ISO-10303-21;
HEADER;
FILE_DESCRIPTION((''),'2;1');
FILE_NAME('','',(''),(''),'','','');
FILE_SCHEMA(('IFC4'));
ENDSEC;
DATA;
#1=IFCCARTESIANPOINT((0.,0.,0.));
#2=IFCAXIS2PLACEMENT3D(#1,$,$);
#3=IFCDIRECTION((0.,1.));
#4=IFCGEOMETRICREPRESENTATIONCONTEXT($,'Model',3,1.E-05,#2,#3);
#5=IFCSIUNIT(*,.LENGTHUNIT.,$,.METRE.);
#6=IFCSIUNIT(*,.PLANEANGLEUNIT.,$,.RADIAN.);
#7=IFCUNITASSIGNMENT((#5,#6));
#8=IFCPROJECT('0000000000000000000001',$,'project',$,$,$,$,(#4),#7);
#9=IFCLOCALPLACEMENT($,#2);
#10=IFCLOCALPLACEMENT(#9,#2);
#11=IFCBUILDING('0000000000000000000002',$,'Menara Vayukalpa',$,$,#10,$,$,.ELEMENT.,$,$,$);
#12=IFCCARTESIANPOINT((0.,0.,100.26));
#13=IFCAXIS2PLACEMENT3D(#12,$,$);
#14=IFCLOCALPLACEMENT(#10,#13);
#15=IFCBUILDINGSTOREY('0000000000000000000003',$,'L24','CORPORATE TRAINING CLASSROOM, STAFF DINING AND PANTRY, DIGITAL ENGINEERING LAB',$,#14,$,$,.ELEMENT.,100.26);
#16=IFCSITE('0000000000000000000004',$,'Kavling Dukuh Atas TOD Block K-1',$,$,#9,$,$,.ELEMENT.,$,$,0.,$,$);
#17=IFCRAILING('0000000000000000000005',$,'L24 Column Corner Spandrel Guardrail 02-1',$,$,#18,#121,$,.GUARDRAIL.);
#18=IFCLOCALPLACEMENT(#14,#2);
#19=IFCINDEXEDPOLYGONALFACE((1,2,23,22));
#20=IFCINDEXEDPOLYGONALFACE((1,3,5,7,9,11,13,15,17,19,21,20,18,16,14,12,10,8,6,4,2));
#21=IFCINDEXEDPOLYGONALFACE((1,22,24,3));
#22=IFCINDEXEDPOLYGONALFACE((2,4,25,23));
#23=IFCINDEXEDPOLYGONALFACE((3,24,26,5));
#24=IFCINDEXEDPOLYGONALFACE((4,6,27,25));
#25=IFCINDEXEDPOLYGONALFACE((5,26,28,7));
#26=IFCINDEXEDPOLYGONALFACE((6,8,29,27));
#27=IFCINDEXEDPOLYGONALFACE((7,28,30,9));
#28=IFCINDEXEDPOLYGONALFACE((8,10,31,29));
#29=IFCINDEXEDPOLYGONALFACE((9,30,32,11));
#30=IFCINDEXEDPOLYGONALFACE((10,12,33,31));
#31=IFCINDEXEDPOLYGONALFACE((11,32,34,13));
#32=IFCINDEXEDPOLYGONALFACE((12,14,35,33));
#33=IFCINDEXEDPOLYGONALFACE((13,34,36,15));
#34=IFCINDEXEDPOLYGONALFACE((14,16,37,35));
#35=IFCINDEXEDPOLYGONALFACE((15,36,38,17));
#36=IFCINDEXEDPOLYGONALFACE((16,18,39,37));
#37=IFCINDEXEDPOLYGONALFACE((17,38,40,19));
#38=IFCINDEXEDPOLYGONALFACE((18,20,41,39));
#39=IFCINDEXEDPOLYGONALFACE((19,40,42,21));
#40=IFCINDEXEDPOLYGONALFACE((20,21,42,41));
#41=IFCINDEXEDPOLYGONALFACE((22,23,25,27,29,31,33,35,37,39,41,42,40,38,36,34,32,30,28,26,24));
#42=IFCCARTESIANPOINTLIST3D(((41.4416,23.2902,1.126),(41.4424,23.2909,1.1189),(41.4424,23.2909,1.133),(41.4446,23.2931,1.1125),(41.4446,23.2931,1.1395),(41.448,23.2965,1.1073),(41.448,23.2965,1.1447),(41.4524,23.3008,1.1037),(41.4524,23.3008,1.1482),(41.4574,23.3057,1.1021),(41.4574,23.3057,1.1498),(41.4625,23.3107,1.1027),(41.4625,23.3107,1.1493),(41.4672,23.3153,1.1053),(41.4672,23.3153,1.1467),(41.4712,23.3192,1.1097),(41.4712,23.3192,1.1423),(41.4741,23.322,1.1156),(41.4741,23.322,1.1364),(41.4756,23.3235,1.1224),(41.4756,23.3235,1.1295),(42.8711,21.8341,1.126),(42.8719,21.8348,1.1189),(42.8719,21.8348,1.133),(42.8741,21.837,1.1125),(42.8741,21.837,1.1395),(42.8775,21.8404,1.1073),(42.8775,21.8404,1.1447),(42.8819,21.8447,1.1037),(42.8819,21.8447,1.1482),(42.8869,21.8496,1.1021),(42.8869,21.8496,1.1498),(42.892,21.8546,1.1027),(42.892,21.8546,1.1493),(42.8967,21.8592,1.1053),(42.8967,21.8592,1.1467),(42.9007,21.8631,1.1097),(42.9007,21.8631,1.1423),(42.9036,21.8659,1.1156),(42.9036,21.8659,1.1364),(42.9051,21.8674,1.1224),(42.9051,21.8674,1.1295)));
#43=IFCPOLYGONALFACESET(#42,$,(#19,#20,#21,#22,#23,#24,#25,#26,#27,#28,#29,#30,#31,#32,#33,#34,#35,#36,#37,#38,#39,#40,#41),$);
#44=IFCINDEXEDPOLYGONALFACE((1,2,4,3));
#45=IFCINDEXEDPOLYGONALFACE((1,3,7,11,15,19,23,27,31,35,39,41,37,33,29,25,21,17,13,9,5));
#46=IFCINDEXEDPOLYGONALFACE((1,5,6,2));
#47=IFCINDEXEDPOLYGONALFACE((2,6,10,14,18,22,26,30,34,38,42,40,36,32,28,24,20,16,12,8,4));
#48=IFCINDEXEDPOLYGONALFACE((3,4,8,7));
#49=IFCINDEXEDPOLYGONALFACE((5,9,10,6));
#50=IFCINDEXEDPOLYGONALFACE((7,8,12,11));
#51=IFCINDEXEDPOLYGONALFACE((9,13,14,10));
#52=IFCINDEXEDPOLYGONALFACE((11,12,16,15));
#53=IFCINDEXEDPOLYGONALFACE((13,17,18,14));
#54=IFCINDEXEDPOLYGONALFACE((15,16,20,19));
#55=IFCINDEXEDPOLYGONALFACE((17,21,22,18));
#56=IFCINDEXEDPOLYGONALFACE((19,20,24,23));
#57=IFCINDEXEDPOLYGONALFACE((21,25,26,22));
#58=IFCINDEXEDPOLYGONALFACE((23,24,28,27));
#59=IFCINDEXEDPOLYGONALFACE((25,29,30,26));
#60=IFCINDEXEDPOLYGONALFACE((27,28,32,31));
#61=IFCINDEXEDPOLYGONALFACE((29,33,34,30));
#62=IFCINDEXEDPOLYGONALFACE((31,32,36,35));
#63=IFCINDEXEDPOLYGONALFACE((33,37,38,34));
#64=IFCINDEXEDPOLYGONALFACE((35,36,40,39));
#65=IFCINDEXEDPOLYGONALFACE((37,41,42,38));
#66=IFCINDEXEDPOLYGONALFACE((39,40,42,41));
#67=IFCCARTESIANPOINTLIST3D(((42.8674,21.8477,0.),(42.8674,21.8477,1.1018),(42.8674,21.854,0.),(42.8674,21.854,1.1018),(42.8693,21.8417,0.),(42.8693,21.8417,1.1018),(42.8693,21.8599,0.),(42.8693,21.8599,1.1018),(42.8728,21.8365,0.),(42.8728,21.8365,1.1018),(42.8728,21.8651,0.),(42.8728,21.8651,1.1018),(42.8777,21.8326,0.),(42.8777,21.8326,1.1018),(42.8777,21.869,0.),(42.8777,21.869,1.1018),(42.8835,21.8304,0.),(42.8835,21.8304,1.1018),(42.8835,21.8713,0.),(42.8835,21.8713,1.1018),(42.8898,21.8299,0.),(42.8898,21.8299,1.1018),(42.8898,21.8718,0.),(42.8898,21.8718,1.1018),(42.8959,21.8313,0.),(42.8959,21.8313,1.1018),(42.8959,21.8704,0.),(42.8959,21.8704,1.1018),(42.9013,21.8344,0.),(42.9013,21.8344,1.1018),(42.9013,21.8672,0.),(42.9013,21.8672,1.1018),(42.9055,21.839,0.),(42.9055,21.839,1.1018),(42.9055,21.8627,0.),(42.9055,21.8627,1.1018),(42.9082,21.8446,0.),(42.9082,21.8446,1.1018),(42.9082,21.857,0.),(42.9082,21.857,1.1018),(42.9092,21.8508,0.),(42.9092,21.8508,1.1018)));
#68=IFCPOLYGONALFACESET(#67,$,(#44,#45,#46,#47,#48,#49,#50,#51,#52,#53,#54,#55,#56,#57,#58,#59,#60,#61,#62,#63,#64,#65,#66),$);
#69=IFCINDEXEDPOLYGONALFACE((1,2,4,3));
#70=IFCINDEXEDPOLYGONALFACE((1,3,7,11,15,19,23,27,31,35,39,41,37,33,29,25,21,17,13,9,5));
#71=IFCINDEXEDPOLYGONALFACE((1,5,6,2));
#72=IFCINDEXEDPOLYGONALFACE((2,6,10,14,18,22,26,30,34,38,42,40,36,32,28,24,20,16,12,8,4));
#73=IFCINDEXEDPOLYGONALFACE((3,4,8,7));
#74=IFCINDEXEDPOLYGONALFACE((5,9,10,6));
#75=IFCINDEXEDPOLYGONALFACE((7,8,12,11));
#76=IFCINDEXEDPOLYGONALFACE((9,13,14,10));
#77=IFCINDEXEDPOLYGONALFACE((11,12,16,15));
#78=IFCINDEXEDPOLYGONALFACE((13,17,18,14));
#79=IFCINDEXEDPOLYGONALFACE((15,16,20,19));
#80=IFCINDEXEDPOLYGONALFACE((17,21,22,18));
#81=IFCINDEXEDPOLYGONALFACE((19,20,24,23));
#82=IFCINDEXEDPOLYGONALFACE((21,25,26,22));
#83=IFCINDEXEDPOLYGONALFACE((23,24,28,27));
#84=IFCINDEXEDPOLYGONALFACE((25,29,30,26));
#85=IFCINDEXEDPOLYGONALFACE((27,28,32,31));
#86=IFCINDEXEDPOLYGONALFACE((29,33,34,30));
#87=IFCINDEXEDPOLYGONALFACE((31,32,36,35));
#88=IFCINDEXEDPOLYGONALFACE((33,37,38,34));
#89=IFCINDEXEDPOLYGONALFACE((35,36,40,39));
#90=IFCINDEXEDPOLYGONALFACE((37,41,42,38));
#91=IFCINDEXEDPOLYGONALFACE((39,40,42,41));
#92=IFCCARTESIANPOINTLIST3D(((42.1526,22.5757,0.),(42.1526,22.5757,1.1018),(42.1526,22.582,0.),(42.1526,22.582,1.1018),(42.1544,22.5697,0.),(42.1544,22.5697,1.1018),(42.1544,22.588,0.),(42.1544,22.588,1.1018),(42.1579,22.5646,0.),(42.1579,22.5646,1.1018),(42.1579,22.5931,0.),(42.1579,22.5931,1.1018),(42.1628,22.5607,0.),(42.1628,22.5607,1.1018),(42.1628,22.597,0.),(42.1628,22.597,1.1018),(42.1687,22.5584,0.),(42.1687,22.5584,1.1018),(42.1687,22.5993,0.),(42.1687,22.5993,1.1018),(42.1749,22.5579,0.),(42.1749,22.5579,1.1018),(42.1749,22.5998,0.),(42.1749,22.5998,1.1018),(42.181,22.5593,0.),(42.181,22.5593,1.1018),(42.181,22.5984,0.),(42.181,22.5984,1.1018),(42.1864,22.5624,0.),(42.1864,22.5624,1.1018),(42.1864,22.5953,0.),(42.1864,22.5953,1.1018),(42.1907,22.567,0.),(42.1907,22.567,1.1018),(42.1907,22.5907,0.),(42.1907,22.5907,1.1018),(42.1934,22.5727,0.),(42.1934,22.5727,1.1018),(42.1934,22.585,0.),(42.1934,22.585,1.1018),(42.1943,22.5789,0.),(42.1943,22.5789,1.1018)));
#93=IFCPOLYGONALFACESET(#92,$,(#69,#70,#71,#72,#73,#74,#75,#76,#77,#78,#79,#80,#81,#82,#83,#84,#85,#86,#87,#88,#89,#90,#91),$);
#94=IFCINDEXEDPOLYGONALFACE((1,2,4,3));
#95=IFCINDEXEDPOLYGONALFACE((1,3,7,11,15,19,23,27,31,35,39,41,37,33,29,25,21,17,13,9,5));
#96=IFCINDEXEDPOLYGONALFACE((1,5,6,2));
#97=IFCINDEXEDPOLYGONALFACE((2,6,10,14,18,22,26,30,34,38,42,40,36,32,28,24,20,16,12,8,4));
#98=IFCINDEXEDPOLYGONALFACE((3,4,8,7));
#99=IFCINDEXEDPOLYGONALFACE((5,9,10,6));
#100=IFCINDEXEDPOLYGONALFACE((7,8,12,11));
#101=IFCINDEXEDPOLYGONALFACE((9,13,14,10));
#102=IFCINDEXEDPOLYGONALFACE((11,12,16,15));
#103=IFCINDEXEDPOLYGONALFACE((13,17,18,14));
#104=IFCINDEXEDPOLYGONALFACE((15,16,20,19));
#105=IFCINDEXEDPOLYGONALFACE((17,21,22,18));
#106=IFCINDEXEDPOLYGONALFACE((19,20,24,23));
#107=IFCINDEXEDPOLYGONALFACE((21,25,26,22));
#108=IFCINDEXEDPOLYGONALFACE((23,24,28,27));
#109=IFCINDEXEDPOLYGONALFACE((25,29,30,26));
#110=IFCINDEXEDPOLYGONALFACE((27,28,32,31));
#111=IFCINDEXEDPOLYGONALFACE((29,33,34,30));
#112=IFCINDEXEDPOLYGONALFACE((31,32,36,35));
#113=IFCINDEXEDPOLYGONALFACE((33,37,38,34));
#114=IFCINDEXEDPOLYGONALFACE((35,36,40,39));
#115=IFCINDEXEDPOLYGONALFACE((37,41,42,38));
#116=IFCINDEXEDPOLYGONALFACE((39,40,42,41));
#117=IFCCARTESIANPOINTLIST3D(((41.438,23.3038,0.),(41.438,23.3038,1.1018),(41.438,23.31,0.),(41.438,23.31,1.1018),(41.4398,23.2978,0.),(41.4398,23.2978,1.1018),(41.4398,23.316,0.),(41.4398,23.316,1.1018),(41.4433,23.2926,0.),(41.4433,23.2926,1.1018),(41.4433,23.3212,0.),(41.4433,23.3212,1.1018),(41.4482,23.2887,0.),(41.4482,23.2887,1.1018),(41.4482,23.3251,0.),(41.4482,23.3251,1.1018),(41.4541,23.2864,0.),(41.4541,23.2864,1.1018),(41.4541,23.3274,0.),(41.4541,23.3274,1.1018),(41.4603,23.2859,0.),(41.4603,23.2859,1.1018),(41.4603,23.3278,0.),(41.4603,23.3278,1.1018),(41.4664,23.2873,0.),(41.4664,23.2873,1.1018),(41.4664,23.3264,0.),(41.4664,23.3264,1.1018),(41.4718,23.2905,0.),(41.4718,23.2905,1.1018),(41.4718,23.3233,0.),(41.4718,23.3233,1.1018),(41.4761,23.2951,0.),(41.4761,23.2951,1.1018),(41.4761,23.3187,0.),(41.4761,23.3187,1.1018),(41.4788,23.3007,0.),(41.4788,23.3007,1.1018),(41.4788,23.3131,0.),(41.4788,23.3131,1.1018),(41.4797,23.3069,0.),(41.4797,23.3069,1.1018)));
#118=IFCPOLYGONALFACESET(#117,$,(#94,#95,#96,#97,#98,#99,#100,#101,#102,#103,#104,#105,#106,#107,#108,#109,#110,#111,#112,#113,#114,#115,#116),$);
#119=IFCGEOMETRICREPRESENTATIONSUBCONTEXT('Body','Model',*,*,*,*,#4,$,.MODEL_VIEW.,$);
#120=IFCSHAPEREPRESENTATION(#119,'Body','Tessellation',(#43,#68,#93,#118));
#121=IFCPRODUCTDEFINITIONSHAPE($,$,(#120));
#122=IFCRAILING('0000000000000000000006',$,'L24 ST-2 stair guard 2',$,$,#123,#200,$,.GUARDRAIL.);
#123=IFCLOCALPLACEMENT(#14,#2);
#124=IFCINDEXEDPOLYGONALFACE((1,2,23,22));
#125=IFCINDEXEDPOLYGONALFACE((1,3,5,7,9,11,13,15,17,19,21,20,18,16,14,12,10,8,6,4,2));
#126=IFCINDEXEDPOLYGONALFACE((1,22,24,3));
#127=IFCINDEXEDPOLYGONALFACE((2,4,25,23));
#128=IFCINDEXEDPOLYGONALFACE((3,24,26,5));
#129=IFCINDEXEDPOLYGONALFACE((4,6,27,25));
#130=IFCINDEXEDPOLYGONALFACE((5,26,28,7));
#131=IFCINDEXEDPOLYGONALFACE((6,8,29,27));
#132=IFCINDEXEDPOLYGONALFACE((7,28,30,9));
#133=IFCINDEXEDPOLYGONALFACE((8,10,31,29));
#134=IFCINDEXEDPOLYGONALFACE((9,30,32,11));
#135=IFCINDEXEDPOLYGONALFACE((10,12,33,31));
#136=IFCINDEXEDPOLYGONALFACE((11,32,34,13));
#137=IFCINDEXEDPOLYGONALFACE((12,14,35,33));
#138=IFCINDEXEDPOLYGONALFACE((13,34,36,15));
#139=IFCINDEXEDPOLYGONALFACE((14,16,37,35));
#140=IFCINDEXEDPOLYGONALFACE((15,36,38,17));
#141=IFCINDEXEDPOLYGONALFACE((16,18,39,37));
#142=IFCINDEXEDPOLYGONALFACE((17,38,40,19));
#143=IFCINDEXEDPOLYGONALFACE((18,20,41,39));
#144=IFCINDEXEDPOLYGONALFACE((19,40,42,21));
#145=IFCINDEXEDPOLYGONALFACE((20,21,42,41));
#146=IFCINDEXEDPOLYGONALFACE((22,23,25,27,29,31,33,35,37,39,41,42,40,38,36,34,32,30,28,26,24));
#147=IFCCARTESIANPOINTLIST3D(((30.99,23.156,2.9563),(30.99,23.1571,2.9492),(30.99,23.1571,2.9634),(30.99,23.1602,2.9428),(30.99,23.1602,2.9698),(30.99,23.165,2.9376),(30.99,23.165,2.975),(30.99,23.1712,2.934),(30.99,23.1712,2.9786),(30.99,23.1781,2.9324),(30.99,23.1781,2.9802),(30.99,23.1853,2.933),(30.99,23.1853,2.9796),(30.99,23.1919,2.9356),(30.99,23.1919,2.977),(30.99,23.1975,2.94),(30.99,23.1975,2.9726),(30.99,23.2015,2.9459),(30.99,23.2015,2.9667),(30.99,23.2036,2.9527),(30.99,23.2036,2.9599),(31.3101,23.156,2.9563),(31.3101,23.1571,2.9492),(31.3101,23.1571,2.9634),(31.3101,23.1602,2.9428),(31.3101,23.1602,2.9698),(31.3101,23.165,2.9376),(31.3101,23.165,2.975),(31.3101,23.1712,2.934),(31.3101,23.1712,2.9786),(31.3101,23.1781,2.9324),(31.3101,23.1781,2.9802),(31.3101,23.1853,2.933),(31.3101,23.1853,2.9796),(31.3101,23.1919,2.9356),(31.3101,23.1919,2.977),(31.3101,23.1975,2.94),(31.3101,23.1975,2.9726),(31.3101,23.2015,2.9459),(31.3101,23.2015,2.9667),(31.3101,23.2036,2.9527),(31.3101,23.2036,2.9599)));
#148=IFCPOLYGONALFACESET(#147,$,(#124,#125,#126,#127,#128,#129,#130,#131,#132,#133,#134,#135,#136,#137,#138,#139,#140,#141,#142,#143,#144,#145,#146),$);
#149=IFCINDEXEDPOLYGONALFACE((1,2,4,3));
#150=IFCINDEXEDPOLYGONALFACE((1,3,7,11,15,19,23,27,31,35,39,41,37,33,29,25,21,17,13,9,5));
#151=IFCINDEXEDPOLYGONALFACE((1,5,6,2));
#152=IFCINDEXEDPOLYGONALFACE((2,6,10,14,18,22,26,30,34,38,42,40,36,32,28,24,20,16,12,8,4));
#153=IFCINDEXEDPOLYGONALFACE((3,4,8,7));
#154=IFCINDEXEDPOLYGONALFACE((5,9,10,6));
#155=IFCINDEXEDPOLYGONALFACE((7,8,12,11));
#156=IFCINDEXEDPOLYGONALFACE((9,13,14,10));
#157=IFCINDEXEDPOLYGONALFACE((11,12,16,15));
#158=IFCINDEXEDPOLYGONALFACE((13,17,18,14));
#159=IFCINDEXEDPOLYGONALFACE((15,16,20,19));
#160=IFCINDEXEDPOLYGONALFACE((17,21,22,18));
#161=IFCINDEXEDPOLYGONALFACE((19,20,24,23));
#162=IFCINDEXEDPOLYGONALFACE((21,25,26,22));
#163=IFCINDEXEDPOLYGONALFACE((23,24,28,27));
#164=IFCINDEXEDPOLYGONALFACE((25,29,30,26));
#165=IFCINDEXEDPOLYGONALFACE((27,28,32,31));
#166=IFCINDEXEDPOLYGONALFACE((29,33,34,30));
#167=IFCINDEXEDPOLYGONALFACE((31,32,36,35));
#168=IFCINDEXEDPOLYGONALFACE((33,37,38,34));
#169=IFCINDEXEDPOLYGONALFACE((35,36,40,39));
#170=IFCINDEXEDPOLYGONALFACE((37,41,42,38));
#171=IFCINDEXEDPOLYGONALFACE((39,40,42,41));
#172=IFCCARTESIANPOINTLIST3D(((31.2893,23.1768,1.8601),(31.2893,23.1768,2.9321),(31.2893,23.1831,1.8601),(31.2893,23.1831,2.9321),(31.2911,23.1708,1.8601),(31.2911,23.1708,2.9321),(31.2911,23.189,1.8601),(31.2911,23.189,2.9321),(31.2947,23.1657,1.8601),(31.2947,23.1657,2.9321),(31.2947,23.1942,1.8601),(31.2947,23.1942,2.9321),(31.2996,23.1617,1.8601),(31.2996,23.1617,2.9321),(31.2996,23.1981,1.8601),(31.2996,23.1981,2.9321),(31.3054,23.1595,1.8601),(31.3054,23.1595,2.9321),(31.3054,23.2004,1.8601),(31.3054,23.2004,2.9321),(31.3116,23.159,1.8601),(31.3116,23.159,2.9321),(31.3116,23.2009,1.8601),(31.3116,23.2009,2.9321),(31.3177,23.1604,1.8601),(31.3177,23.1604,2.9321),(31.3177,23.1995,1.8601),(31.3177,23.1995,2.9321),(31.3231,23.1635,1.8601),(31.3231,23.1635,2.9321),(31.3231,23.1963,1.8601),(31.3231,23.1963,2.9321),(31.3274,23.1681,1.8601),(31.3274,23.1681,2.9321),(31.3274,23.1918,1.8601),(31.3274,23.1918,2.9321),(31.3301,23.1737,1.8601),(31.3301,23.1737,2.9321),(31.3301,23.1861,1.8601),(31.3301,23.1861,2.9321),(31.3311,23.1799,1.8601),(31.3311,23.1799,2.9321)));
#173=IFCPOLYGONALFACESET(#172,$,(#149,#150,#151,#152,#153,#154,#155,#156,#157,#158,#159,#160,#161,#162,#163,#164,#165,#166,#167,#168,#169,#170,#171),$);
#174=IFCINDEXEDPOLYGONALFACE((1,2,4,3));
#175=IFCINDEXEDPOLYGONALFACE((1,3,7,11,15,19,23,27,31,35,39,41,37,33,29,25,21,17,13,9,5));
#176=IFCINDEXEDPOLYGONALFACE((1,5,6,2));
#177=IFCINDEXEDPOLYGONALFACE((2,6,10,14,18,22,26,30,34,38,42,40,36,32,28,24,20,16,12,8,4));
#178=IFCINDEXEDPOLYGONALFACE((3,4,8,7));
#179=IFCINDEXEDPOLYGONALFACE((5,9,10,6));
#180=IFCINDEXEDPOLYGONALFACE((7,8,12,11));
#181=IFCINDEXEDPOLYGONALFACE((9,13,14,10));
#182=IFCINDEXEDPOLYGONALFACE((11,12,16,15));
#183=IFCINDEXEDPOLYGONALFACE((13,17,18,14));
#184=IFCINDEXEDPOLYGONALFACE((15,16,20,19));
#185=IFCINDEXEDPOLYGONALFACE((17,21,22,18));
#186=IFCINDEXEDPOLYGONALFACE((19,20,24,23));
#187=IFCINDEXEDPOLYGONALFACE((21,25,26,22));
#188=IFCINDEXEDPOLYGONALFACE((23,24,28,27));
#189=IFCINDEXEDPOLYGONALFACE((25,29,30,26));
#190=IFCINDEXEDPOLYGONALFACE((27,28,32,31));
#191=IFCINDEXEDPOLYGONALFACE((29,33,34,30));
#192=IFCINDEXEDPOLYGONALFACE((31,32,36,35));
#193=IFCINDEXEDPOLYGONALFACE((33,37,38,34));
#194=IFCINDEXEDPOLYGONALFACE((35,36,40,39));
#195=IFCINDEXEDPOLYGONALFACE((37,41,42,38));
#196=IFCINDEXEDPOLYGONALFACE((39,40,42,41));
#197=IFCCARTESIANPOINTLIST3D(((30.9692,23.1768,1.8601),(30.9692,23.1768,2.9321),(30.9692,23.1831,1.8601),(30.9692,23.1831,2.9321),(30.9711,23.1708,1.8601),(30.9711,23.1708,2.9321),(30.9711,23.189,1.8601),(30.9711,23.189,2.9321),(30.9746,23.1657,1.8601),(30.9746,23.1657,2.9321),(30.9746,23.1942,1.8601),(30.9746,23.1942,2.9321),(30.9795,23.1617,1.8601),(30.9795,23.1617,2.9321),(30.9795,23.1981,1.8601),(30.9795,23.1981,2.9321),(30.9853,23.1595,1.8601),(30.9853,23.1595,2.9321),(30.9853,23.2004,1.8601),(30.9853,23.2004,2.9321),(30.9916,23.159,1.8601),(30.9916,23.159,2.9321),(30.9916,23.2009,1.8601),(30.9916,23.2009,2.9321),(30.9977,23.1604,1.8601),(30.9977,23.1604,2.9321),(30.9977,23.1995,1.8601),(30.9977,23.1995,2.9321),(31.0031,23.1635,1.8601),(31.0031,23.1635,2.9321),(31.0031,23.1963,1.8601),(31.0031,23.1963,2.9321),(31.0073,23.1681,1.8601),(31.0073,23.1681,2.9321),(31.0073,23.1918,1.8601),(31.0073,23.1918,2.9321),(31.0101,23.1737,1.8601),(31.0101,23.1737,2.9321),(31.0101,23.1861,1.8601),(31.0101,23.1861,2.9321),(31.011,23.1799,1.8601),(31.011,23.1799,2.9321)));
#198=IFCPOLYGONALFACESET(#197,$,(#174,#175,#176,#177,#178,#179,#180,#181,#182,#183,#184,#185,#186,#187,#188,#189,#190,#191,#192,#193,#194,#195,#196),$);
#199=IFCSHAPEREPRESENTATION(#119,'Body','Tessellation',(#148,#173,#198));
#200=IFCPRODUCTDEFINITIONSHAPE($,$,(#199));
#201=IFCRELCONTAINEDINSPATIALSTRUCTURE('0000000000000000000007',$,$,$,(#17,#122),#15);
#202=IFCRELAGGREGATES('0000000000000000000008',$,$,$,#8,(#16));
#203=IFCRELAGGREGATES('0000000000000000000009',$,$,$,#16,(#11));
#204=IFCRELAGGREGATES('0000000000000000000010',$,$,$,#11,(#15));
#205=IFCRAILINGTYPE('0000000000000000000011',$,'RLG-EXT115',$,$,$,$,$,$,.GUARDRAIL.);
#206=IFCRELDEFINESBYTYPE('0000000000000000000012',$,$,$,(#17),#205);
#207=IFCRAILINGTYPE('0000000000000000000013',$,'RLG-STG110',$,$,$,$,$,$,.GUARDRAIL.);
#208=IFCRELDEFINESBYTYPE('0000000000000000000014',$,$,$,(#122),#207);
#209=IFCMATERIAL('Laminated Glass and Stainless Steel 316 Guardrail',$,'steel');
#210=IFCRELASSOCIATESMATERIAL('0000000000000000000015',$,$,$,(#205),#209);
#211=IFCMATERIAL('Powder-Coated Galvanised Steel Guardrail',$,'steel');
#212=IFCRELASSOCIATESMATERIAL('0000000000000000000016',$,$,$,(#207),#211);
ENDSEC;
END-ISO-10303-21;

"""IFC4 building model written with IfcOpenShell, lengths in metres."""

from ifc_helpers import new_model, si_unit, direction, frame, origin, origin_2d, place, context, subcontext, project, spatial, circle, extrude, material, type_object, element, save


model = new_model("IFC4")

# Units and contexts
model_context = context("Model", 3, precision=1e-05, world=origin(), true_north=direction((0.0, 1.0)))
body_context = subcontext(model_context, "Body", "Model", "MODEL_VIEW")
ifc_project = project(units=[si_unit("LENGTHUNIT", "METRE"), si_unit("PLANEANGLEUNIT", "RADIAN")], contexts=[model_context])

# Site, building, storey
site_placement = place(None, origin())
site = spatial("IfcSite", under=ifc_project, at=site_placement, Name="Kavling Dukuh Atas TOD Block K-1", CompositionType="ELEMENT", RefElevation=0.0)
building_placement = place(site_placement, origin())
building = spatial("IfcBuilding", under=site, at=building_placement, Name="Menara Vayukalpa", CompositionType="ELEMENT")
storey_placement = place(building_placement, frame((0.0, 0.0, 100.26)))
storey = spatial("IfcBuildingStorey", under=building, at=storey_placement, Name="L24", Description="CORPORATE TRAINING CLASSROOM, STAFF DINING AND PANTRY, DIGITAL ENGINEERING LAB", CompositionType="ELEMENT", Elevation=100.26)

# Railings
ifc_material_1 = material(Name="Laminated Glass and Stainless Steel 316 Guardrail", Category="steel")
railing_type_1 = type_object("IfcRailingType", Name="RLG-EXT115", PredefinedType="GUARDRAIL", material=ifc_material_1)
railing_1_placement = place(storey_placement, frame((42.8882, 21.8508, 0.0)))
element("IfcRailing", 1, at=railing_1_placement, inside=storey, type_object=railing_type_1, Name="L24 Column Corner Spandrel Guardrail 02-1", PredefinedType="GUARDRAIL", context=body_context, shape_type="SweptSolid", body=[
    extrude(circle(Radius=0.0239, at=origin_2d()), frame((0.0, 0.0, 1.126), z_axis=(-0.700556, 0.713598, 0.0), x_axis=(-0.713598, -0.700556, 0.0)), (0.0, 0.0, 1.0), 2.0405),
    extrude(circle(Radius=0.021, at=origin_2d()), origin(), (0.0, 0.0, 1.0), 1.1018),
    extrude(circle(Radius=0.021, at=origin_2d()), frame((-0.7148, 0.728, 0.0)), (0.0, 0.0, 1.0), 1.1018),
    extrude(circle(Radius=0.021, at=origin_2d()), frame((-1.4294, 1.4561, 0.0)), (0.0, 0.0, 1.0), 1.1018),
])
ifc_material_2 = material(Name="Powder-Coated Galvanised Steel Guardrail", Category="steel")
railing_type_2 = type_object("IfcRailingType", Name="RLG-STG110", PredefinedType="GUARDRAIL", material=ifc_material_2)
railing_2_placement = place(storey_placement, frame((31.3101, 23.1799, 1.8601)))
element("IfcRailing", 2, at=railing_2_placement, inside=storey, type_object=railing_type_2, Name="L24 ST-2 stair guard 2", PredefinedType="GUARDRAIL", context=body_context, shape_type="SweptSolid", body=[
    extrude(circle(Radius=0.0239, at=origin_2d()), frame((0.0, 0.0, 1.0962), z_axis=(-1.0, 0.0, 0.0), x_axis=(0.0, -1.0, 0.0)), (0.0, 0.0, 1.0), 0.3201),
    extrude(circle(Radius=0.021, at=origin_2d()), origin(), (0.0, 0.0, 1.0), 1.072),
    extrude(circle(Radius=0.021, at=origin_2d()), frame((-0.3201, 0.0, 0.0)), (0.0, 0.0, 1.0), 1.072),
])

save(model, "model.ifc")
